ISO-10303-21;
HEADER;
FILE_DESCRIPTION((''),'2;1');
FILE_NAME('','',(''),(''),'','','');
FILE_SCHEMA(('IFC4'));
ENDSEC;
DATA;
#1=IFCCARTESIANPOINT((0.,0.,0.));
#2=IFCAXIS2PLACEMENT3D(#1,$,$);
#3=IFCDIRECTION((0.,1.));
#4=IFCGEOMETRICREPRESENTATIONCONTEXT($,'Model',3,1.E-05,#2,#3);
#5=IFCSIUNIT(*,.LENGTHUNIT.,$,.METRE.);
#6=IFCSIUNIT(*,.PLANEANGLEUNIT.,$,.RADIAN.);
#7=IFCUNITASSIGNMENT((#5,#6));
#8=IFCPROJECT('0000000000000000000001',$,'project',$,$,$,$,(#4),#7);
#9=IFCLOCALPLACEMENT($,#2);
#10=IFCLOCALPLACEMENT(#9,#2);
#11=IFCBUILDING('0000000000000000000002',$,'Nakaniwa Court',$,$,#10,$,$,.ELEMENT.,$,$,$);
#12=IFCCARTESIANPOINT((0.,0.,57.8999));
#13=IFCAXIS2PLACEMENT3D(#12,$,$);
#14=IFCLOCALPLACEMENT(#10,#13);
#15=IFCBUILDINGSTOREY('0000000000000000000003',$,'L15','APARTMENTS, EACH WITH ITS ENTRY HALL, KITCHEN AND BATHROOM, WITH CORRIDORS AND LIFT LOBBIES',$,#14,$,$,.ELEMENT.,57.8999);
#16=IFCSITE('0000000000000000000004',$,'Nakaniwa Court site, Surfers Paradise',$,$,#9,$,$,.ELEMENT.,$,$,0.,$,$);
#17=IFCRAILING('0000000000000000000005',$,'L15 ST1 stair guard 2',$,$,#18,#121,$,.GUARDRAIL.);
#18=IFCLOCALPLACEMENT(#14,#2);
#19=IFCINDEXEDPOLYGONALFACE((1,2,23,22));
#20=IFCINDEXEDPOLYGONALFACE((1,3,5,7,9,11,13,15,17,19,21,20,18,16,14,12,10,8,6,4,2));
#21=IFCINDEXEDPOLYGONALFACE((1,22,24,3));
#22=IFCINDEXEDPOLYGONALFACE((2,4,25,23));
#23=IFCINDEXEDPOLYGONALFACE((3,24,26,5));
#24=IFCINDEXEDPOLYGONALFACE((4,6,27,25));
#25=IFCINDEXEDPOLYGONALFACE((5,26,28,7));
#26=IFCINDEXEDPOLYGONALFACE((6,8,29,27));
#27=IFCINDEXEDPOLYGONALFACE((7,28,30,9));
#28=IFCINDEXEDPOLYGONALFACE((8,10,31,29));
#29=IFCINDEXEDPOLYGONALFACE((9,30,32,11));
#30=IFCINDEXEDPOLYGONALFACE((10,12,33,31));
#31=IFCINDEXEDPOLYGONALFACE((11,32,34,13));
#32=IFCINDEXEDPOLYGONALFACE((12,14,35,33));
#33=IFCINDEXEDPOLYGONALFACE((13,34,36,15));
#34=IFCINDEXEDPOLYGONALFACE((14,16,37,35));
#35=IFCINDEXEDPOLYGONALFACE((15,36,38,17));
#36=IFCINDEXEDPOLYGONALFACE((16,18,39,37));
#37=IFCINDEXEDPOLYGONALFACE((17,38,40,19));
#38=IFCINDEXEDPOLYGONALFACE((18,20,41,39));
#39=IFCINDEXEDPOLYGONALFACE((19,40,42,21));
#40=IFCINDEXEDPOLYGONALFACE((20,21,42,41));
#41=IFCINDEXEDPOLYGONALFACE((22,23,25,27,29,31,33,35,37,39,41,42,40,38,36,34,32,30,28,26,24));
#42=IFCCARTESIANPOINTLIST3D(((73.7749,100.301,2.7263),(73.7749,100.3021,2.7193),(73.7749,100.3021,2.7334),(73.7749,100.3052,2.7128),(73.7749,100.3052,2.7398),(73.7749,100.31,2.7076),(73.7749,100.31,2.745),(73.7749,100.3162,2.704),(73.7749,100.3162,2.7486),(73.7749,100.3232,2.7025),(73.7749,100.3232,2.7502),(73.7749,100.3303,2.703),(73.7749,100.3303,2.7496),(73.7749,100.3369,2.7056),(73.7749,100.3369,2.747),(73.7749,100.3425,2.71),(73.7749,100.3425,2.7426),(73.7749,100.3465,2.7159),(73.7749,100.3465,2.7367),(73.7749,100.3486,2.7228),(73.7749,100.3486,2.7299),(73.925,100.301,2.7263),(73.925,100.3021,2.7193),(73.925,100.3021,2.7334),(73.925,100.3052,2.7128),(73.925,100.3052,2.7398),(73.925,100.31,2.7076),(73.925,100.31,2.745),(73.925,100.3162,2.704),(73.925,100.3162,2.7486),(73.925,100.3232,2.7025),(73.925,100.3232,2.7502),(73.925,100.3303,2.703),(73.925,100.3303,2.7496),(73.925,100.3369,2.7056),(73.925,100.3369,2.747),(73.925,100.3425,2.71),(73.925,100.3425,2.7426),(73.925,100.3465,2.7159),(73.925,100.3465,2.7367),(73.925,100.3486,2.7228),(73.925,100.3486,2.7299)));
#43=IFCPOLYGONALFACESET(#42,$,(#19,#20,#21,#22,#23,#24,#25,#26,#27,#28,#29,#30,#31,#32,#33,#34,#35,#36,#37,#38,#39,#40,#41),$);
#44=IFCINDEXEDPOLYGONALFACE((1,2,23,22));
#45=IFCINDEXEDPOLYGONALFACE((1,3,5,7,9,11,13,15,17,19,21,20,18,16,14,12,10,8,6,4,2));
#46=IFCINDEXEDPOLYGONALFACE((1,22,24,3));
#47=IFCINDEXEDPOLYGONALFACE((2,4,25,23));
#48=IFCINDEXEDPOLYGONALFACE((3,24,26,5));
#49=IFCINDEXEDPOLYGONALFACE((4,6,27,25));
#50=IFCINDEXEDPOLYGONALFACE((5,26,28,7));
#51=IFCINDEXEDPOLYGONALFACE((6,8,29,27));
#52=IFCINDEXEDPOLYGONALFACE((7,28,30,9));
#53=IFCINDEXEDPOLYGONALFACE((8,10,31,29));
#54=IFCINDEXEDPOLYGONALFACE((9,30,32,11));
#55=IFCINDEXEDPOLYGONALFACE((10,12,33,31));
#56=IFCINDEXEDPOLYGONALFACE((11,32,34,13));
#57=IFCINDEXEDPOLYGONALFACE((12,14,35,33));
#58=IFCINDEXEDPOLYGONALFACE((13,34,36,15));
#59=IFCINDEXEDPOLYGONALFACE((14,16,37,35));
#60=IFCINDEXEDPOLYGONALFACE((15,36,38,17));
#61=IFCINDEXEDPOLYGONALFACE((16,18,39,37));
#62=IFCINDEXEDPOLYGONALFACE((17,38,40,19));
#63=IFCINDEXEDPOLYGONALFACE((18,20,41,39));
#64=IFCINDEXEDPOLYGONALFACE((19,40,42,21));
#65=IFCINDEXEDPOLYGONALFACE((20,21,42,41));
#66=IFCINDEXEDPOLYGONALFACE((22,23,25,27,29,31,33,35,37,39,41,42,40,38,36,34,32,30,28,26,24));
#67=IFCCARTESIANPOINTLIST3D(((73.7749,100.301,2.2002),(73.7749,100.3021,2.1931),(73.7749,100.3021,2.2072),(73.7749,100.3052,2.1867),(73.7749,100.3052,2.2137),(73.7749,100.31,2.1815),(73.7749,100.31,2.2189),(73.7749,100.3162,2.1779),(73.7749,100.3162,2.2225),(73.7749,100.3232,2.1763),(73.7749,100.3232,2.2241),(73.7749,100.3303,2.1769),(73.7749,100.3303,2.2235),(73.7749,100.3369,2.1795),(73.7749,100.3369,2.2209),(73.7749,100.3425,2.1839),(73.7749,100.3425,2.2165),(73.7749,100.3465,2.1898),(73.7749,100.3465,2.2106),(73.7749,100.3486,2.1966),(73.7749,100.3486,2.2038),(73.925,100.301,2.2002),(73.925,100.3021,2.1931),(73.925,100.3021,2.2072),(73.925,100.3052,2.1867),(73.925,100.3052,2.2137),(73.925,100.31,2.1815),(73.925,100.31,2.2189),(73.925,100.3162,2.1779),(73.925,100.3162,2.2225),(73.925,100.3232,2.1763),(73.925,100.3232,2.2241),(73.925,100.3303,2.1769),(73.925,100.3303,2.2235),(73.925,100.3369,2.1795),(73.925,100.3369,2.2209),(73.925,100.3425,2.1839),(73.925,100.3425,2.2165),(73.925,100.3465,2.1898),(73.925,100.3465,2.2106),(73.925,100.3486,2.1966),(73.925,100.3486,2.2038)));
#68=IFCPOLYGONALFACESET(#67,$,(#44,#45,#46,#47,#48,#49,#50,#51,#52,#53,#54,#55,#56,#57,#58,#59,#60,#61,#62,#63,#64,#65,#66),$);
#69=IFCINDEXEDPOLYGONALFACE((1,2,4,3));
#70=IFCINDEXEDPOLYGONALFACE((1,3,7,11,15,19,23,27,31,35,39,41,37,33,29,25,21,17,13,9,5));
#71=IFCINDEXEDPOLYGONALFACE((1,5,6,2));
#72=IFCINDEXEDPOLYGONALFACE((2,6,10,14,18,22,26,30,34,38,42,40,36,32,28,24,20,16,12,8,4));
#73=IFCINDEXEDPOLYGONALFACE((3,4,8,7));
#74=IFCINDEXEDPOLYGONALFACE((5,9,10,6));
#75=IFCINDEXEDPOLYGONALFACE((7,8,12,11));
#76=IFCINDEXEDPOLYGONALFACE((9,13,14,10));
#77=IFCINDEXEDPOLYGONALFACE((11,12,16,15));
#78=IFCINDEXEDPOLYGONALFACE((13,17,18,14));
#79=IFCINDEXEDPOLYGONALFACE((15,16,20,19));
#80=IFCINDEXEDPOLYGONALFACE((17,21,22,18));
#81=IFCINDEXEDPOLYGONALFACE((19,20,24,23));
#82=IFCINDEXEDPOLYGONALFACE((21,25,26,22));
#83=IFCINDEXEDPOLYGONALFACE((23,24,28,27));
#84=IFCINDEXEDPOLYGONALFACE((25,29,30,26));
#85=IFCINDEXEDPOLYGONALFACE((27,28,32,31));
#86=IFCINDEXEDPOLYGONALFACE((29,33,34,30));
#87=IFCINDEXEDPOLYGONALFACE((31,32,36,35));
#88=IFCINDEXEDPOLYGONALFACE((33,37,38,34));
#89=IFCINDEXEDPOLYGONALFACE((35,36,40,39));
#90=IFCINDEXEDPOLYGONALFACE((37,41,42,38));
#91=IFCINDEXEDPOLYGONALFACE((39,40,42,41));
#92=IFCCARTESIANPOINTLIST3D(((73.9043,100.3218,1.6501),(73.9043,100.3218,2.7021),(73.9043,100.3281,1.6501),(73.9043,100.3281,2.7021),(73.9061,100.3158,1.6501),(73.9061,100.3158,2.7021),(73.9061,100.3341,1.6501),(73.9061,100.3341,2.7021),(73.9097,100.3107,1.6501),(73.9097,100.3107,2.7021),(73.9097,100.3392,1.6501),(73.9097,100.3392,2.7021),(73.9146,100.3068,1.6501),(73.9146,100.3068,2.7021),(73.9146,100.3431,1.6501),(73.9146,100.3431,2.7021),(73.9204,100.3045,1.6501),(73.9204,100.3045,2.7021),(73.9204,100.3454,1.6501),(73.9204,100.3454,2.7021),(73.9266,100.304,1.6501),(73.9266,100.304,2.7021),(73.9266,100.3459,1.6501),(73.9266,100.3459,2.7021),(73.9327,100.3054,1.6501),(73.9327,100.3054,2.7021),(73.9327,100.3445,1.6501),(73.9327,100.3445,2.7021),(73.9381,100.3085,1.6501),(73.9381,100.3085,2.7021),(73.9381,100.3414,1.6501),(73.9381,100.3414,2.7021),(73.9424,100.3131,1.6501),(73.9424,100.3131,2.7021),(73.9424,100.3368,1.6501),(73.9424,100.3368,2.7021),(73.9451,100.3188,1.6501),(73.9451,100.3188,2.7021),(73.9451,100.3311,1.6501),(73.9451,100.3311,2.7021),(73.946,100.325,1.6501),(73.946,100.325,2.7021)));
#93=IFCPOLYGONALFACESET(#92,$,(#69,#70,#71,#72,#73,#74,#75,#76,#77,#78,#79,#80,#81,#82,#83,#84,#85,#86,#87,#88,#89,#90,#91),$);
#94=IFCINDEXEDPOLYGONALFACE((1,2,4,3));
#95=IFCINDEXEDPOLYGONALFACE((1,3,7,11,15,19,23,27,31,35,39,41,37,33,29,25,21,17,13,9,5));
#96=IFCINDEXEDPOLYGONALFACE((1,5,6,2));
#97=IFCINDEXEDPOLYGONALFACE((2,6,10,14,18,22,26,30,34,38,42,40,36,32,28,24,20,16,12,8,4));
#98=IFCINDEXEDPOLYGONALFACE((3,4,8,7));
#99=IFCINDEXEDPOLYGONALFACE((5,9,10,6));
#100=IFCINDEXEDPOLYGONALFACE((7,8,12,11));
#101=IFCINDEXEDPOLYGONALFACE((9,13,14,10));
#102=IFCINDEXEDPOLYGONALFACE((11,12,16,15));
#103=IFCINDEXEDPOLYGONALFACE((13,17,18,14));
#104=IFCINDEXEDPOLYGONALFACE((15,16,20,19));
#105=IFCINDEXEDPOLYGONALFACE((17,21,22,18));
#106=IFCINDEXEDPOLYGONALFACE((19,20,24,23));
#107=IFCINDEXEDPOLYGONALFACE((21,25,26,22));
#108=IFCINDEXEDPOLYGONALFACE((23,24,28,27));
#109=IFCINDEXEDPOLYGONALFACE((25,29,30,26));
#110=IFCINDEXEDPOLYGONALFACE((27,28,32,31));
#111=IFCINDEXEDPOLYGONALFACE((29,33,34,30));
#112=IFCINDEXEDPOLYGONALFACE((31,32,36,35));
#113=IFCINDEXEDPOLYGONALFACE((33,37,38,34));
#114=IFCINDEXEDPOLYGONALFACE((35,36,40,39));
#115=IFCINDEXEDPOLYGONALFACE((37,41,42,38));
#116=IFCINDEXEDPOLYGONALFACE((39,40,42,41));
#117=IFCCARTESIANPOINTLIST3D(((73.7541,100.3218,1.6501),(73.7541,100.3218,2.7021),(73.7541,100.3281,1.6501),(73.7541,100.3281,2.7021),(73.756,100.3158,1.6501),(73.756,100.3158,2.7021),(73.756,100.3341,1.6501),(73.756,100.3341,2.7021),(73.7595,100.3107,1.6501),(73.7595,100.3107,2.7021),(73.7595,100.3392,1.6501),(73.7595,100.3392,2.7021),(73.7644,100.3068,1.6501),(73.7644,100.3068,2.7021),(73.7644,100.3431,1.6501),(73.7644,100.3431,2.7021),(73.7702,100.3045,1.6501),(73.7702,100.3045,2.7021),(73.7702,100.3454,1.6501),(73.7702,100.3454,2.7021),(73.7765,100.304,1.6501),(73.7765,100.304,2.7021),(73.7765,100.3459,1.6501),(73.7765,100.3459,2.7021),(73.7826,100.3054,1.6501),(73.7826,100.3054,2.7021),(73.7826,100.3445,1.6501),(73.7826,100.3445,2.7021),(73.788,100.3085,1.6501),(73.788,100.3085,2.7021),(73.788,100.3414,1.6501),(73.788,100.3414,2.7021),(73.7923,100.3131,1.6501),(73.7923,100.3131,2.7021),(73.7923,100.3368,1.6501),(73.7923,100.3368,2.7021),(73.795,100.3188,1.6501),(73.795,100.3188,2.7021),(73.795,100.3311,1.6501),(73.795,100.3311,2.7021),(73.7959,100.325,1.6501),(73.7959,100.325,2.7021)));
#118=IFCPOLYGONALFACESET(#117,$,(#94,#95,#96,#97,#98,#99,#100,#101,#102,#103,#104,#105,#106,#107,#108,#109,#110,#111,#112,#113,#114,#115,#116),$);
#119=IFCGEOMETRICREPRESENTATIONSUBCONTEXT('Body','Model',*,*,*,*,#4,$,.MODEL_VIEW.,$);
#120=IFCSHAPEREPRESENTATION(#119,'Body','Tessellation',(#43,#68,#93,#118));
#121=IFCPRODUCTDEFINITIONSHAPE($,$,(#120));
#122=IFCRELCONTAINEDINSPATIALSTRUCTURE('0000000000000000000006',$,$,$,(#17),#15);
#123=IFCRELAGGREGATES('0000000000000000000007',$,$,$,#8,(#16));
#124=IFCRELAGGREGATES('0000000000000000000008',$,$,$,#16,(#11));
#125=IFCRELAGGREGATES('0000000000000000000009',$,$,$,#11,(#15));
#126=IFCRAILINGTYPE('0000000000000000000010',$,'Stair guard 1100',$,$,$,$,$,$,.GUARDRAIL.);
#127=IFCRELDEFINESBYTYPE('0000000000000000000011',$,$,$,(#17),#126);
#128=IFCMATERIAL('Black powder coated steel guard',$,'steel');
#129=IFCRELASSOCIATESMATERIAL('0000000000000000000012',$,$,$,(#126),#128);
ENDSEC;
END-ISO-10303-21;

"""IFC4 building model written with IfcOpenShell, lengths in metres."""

from ifc_helpers import new_model, si_unit, direction, frame, origin, origin_2d, place, context, subcontext, project, spatial, circle, extrude, material, type_object, element, save


model = new_model("IFC4")

# Units and contexts
model_context = context("Model", 3, precision=1e-05, world=origin(), true_north=direction((0.0, 1.0)))
body_context = subcontext(model_context, "Body", "Model", "MODEL_VIEW")
ifc_project = project(units=[si_unit("LENGTHUNIT", "METRE"), si_unit("PLANEANGLEUNIT", "RADIAN")], contexts=[model_context])

# Site, building, storey
site_placement = place(None, origin())
site = spatial("IfcSite", under=ifc_project, at=site_placement, Name="Nakaniwa Court site, Surfers Paradise", CompositionType="ELEMENT", RefElevation=0.0)
building_placement = place(site_placement, origin())
building = spatial("IfcBuilding", under=site, at=building_placement, Name="Nakaniwa Court", CompositionType="ELEMENT")
storey_placement = place(building_placement, frame((0.0, 0.0, 57.8999)))
storey = spatial("IfcBuildingStorey", under=building, at=storey_placement, Name="L15", Description="APARTMENTS, EACH WITH ITS ENTRY HALL, KITCHEN AND BATHROOM, WITH CORRIDORS AND LIFT LOBBIES", CompositionType="ELEMENT", Elevation=57.8999)

# Railing
ifc_material_1 = material(Name="Black powder coated steel guard", Category="steel")
railing_type_1 = type_object("IfcRailingType", Name="Stair guard 1100", PredefinedType="GUARDRAIL", material=ifc_material_1)
railing_1_placement = place(storey_placement, frame((73.925, 100.325, 1.6501)))
element("IfcRailing", 1, at=railing_1_placement, inside=storey, type_object=railing_type_1, Name="L15 ST1 stair guard 2", PredefinedType="GUARDRAIL", context=body_context, shape_type="SweptSolid", body=[
    extrude(circle(Radius=0.0239, at=origin_2d()), frame((0.0, 0.0, 1.0762), z_axis=(-1.0, 0.0, 0.0), x_axis=(0.0, -1.0, 0.0)), (0.0, 0.0, 1.0), 0.1501),
    extrude(circle(Radius=0.0239, at=origin_2d()), frame((0.0, 0.0, 0.55), z_axis=(-1.0, 0.0, 0.0), x_axis=(0.0, -1.0, 0.0)), (0.0, 0.0, 1.0), 0.1501),
    extrude(circle(Radius=0.021, at=origin_2d()), origin(), (0.0, 0.0, 1.0), 1.052),
    extrude(circle(Radius=0.021, at=origin_2d()), frame((-0.1501, 0.0, 0.0)), (0.0, 0.0, 1.0), 1.052),
])

save(model, "model.ifc")
